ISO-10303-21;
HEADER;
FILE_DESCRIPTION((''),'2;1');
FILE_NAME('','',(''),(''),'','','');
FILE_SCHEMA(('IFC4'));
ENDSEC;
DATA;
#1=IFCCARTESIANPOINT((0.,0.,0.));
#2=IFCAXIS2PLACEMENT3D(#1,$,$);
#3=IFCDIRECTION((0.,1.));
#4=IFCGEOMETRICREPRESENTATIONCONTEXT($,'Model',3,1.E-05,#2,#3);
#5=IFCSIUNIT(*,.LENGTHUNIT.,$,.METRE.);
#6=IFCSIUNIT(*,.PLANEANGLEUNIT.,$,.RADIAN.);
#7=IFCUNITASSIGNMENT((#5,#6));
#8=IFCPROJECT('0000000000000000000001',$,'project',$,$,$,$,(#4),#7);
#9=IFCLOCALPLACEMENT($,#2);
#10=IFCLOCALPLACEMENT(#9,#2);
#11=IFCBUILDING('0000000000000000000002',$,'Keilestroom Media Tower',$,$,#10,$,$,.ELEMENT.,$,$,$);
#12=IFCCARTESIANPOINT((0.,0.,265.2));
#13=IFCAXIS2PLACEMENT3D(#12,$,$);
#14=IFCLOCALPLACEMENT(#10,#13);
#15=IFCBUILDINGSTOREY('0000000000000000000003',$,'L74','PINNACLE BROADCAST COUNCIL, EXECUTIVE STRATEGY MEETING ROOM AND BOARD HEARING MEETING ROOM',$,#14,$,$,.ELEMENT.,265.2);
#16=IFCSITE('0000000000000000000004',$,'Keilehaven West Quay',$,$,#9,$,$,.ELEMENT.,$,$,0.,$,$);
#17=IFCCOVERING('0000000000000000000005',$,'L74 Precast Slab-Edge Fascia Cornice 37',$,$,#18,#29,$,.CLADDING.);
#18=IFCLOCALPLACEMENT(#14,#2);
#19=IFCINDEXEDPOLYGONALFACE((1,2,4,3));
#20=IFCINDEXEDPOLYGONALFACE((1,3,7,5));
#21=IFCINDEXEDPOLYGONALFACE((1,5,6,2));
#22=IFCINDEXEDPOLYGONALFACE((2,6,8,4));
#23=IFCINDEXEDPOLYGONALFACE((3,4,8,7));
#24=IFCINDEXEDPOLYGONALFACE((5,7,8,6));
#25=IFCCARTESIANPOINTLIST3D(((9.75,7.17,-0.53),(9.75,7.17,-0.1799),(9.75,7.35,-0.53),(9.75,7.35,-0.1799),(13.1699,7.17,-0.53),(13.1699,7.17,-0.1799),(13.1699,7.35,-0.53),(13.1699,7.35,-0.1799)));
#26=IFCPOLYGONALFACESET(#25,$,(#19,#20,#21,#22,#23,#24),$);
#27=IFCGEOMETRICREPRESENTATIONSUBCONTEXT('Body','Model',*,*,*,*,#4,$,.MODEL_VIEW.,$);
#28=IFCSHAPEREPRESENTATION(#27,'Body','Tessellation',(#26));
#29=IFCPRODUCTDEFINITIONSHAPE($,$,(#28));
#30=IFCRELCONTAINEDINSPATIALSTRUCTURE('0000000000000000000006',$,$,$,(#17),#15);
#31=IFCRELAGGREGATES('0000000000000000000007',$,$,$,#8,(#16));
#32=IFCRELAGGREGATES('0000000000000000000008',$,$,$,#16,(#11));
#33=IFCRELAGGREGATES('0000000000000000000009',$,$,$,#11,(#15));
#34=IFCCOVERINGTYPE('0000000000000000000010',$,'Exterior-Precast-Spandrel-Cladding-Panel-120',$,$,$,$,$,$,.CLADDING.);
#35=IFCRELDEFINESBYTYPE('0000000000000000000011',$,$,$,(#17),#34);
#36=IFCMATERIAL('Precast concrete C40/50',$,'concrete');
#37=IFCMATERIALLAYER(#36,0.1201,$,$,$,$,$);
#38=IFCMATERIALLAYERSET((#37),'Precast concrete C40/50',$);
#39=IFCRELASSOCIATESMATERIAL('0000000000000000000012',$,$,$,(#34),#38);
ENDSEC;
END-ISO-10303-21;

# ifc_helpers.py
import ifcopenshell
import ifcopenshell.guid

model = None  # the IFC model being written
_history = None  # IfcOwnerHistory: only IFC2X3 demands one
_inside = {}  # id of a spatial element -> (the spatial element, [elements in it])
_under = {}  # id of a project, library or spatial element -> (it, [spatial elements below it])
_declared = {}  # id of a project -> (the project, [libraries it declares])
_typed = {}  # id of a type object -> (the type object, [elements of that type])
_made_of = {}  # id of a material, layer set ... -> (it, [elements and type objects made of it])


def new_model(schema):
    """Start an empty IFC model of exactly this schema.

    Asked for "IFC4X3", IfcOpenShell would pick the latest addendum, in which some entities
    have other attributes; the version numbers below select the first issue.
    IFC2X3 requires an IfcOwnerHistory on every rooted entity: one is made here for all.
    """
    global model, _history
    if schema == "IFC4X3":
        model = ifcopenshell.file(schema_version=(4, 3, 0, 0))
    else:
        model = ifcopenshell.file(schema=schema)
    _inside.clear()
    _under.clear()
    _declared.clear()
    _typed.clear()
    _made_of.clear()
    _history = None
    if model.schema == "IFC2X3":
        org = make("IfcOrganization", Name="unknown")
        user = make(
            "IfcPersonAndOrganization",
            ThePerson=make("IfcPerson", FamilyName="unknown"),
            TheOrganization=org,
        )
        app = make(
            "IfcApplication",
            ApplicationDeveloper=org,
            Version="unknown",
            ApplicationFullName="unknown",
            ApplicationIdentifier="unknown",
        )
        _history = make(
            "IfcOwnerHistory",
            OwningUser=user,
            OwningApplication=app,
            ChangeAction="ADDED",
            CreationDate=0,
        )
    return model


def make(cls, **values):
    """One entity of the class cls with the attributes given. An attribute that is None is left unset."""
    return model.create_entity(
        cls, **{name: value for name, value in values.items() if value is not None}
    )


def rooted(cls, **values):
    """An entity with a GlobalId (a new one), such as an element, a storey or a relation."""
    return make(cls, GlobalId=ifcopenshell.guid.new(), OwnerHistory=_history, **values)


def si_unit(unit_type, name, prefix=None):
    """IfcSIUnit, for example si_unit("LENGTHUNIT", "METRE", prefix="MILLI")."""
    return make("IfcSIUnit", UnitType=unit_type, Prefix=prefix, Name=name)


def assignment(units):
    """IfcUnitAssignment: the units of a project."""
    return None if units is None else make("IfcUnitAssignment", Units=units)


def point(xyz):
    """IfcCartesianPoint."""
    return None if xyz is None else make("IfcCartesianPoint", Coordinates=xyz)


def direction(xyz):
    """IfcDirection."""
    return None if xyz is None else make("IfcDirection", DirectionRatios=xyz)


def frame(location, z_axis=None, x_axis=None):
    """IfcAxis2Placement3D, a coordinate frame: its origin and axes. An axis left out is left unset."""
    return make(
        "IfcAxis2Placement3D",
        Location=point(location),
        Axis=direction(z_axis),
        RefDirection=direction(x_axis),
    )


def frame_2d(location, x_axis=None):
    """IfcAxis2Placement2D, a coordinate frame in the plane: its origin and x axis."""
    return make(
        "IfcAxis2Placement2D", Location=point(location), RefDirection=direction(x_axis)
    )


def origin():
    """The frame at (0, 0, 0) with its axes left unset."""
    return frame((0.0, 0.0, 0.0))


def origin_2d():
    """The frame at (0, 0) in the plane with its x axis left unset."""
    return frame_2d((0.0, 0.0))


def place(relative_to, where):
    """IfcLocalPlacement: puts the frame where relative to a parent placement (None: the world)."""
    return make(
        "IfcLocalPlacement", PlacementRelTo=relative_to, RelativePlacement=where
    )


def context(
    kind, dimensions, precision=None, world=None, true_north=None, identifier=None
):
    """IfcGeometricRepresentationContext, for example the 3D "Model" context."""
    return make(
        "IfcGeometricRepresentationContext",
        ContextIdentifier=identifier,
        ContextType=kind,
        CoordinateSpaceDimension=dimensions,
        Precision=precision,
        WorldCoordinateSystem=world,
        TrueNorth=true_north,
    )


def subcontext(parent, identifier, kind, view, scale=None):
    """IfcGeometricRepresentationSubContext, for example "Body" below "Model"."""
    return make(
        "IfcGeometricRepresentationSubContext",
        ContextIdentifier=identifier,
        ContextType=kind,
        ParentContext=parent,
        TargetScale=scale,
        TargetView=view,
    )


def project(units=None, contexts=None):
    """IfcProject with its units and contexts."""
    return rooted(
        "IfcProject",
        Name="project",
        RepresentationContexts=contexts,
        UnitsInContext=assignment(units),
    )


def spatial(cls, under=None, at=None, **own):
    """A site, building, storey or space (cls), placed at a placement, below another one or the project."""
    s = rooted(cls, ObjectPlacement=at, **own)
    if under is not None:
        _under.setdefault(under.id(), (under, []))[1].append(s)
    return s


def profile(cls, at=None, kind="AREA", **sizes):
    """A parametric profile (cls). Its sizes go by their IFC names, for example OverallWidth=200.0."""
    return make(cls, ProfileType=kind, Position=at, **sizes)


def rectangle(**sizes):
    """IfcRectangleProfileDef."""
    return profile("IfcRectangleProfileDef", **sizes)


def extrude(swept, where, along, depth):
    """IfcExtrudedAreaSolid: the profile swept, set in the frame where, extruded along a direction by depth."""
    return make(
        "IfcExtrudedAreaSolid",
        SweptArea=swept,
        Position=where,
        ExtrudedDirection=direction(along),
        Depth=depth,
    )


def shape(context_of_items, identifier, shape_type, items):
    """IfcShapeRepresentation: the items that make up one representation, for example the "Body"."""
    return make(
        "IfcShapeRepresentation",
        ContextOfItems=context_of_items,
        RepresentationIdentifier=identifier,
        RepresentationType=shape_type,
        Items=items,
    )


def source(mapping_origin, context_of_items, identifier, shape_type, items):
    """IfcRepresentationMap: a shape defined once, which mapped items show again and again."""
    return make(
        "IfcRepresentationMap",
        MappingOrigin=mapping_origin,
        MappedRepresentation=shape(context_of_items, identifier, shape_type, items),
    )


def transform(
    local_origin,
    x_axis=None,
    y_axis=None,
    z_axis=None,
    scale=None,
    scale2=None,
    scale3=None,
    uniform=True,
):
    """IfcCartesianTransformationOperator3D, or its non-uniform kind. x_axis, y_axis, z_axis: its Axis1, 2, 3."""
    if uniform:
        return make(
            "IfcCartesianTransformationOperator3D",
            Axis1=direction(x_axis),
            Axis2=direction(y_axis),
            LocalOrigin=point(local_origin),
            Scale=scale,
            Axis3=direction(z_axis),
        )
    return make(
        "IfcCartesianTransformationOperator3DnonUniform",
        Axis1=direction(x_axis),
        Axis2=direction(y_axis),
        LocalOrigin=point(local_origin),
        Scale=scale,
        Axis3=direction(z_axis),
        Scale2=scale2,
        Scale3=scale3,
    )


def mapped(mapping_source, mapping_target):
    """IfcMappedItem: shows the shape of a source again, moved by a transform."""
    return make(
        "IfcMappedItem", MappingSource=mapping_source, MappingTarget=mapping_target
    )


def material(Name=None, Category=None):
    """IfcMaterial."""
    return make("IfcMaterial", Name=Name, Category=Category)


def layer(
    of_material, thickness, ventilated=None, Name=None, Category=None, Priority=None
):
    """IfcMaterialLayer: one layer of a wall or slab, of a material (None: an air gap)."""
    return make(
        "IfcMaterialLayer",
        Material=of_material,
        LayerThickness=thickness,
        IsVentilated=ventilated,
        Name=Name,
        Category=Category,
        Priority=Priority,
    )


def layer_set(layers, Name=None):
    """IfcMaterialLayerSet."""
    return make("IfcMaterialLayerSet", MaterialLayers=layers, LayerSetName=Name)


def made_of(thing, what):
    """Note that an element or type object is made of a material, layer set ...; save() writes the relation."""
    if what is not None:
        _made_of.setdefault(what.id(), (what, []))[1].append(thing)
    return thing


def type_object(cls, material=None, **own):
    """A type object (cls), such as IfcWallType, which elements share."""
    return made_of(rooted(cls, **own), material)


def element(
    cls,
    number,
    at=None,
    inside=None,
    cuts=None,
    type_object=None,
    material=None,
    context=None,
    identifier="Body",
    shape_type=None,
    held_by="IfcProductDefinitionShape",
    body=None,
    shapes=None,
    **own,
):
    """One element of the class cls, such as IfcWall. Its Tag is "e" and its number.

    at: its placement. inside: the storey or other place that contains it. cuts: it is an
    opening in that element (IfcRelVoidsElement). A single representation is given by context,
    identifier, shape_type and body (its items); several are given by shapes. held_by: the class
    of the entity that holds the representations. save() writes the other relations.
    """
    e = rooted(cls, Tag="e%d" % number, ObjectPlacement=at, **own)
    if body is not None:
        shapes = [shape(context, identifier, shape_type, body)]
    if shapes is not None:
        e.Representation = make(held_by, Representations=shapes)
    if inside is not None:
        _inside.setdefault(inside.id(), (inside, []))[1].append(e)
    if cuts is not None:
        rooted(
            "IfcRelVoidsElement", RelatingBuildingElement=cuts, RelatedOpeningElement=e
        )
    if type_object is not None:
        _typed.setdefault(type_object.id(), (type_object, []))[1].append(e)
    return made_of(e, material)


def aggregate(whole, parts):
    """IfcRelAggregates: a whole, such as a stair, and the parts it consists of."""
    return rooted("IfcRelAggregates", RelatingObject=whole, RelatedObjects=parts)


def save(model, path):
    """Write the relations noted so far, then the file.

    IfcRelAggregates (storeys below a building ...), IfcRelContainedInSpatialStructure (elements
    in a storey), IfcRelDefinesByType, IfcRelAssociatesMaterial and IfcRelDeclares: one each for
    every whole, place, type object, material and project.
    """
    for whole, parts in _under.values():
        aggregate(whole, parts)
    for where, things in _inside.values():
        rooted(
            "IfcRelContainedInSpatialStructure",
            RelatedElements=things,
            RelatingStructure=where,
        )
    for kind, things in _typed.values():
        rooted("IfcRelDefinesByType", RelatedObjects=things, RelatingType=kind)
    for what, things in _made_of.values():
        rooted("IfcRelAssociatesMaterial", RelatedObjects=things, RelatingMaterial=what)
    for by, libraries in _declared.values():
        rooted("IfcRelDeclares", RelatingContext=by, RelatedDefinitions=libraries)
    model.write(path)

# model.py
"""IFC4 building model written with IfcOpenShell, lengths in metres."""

from ifc_helpers import new_model, si_unit, direction, frame, origin, origin_2d, place, context, subcontext, project, spatial, rectangle, extrude, source, transform, mapped, material, layer, layer_set, type_object, element, save


model = new_model("IFC4")

# Units and contexts
model_context = context("Model", 3, precision=1e-05, world=origin(), true_north=direction((0.0, 1.0)))
body_context = subcontext(model_context, "Body", "Model", "MODEL_VIEW")
ifc_project = project(units=[si_unit("LENGTHUNIT", "METRE"), si_unit("PLANEANGLEUNIT", "RADIAN")], contexts=[model_context])

# Site, building, storey
site_placement = place(None, origin())
site = spatial("IfcSite", under=ifc_project, at=site_placement, Name="Keilehaven West Quay", CompositionType="ELEMENT", RefElevation=0.0)
building_placement = place(site_placement, origin())
building = spatial("IfcBuilding", under=site, at=building_placement, Name="Keilestroom Media Tower", CompositionType="ELEMENT")
storey_placement = place(building_placement, frame((0.0, 0.0, 265.2)))
storey = spatial("IfcBuildingStorey", under=building, at=storey_placement, Name="L74", Description="PINNACLE BROADCAST COUNCIL, EXECUTIVE STRATEGY MEETING ROOM AND BOARD HEARING MEETING ROOM", CompositionType="ELEMENT", Elevation=265.2)

# Shared definitions
ifc_material_1 = material(Name="Precast concrete C40/50", Category="concrete")

# Covering
ifc_layer_1 = layer(ifc_material_1, 0.1201)
ifc_layer_set_1 = layer_set([ifc_layer_1], Name="Precast concrete C40/50")
covering_type = type_object("IfcCoveringType", Name="Exterior-Precast-Spandrel-Cladding-Panel-120", PredefinedType="CLADDING", material=ifc_layer_set_1)
shared_shape_1 = source(origin(), body_context, "Body", "SweptSolid", [
    extrude(rectangle(XDim=3.4199, YDim=0.1799, at=origin_2d()), origin(), (0.0, 0.0, 1.0), 0.3501),
])
covering_1_placement = place(storey_placement, frame((11.46, 7.26, -0.53), z_axis=(0.0, 0.0, 1.0), x_axis=(1.0, 0.0, 0.0)))
element("IfcCovering", 1, at=covering_1_placement, inside=storey, type_object=covering_type, Name="L74 Precast Slab-Edge Fascia Cornice 37", PredefinedType="CLADDING", context=body_context, shape_type="MappedRepresentation", body=[
    mapped(shared_shape_1, transform((0.0, 0.0, 0.0), x_axis=(1.0, 0.0, 0.0), y_axis=(0.0, 1.0, 0.0), z_axis=(0.0, 0.0, 1.0), scale=1.0)),
])

save(model, "model.ifc")
